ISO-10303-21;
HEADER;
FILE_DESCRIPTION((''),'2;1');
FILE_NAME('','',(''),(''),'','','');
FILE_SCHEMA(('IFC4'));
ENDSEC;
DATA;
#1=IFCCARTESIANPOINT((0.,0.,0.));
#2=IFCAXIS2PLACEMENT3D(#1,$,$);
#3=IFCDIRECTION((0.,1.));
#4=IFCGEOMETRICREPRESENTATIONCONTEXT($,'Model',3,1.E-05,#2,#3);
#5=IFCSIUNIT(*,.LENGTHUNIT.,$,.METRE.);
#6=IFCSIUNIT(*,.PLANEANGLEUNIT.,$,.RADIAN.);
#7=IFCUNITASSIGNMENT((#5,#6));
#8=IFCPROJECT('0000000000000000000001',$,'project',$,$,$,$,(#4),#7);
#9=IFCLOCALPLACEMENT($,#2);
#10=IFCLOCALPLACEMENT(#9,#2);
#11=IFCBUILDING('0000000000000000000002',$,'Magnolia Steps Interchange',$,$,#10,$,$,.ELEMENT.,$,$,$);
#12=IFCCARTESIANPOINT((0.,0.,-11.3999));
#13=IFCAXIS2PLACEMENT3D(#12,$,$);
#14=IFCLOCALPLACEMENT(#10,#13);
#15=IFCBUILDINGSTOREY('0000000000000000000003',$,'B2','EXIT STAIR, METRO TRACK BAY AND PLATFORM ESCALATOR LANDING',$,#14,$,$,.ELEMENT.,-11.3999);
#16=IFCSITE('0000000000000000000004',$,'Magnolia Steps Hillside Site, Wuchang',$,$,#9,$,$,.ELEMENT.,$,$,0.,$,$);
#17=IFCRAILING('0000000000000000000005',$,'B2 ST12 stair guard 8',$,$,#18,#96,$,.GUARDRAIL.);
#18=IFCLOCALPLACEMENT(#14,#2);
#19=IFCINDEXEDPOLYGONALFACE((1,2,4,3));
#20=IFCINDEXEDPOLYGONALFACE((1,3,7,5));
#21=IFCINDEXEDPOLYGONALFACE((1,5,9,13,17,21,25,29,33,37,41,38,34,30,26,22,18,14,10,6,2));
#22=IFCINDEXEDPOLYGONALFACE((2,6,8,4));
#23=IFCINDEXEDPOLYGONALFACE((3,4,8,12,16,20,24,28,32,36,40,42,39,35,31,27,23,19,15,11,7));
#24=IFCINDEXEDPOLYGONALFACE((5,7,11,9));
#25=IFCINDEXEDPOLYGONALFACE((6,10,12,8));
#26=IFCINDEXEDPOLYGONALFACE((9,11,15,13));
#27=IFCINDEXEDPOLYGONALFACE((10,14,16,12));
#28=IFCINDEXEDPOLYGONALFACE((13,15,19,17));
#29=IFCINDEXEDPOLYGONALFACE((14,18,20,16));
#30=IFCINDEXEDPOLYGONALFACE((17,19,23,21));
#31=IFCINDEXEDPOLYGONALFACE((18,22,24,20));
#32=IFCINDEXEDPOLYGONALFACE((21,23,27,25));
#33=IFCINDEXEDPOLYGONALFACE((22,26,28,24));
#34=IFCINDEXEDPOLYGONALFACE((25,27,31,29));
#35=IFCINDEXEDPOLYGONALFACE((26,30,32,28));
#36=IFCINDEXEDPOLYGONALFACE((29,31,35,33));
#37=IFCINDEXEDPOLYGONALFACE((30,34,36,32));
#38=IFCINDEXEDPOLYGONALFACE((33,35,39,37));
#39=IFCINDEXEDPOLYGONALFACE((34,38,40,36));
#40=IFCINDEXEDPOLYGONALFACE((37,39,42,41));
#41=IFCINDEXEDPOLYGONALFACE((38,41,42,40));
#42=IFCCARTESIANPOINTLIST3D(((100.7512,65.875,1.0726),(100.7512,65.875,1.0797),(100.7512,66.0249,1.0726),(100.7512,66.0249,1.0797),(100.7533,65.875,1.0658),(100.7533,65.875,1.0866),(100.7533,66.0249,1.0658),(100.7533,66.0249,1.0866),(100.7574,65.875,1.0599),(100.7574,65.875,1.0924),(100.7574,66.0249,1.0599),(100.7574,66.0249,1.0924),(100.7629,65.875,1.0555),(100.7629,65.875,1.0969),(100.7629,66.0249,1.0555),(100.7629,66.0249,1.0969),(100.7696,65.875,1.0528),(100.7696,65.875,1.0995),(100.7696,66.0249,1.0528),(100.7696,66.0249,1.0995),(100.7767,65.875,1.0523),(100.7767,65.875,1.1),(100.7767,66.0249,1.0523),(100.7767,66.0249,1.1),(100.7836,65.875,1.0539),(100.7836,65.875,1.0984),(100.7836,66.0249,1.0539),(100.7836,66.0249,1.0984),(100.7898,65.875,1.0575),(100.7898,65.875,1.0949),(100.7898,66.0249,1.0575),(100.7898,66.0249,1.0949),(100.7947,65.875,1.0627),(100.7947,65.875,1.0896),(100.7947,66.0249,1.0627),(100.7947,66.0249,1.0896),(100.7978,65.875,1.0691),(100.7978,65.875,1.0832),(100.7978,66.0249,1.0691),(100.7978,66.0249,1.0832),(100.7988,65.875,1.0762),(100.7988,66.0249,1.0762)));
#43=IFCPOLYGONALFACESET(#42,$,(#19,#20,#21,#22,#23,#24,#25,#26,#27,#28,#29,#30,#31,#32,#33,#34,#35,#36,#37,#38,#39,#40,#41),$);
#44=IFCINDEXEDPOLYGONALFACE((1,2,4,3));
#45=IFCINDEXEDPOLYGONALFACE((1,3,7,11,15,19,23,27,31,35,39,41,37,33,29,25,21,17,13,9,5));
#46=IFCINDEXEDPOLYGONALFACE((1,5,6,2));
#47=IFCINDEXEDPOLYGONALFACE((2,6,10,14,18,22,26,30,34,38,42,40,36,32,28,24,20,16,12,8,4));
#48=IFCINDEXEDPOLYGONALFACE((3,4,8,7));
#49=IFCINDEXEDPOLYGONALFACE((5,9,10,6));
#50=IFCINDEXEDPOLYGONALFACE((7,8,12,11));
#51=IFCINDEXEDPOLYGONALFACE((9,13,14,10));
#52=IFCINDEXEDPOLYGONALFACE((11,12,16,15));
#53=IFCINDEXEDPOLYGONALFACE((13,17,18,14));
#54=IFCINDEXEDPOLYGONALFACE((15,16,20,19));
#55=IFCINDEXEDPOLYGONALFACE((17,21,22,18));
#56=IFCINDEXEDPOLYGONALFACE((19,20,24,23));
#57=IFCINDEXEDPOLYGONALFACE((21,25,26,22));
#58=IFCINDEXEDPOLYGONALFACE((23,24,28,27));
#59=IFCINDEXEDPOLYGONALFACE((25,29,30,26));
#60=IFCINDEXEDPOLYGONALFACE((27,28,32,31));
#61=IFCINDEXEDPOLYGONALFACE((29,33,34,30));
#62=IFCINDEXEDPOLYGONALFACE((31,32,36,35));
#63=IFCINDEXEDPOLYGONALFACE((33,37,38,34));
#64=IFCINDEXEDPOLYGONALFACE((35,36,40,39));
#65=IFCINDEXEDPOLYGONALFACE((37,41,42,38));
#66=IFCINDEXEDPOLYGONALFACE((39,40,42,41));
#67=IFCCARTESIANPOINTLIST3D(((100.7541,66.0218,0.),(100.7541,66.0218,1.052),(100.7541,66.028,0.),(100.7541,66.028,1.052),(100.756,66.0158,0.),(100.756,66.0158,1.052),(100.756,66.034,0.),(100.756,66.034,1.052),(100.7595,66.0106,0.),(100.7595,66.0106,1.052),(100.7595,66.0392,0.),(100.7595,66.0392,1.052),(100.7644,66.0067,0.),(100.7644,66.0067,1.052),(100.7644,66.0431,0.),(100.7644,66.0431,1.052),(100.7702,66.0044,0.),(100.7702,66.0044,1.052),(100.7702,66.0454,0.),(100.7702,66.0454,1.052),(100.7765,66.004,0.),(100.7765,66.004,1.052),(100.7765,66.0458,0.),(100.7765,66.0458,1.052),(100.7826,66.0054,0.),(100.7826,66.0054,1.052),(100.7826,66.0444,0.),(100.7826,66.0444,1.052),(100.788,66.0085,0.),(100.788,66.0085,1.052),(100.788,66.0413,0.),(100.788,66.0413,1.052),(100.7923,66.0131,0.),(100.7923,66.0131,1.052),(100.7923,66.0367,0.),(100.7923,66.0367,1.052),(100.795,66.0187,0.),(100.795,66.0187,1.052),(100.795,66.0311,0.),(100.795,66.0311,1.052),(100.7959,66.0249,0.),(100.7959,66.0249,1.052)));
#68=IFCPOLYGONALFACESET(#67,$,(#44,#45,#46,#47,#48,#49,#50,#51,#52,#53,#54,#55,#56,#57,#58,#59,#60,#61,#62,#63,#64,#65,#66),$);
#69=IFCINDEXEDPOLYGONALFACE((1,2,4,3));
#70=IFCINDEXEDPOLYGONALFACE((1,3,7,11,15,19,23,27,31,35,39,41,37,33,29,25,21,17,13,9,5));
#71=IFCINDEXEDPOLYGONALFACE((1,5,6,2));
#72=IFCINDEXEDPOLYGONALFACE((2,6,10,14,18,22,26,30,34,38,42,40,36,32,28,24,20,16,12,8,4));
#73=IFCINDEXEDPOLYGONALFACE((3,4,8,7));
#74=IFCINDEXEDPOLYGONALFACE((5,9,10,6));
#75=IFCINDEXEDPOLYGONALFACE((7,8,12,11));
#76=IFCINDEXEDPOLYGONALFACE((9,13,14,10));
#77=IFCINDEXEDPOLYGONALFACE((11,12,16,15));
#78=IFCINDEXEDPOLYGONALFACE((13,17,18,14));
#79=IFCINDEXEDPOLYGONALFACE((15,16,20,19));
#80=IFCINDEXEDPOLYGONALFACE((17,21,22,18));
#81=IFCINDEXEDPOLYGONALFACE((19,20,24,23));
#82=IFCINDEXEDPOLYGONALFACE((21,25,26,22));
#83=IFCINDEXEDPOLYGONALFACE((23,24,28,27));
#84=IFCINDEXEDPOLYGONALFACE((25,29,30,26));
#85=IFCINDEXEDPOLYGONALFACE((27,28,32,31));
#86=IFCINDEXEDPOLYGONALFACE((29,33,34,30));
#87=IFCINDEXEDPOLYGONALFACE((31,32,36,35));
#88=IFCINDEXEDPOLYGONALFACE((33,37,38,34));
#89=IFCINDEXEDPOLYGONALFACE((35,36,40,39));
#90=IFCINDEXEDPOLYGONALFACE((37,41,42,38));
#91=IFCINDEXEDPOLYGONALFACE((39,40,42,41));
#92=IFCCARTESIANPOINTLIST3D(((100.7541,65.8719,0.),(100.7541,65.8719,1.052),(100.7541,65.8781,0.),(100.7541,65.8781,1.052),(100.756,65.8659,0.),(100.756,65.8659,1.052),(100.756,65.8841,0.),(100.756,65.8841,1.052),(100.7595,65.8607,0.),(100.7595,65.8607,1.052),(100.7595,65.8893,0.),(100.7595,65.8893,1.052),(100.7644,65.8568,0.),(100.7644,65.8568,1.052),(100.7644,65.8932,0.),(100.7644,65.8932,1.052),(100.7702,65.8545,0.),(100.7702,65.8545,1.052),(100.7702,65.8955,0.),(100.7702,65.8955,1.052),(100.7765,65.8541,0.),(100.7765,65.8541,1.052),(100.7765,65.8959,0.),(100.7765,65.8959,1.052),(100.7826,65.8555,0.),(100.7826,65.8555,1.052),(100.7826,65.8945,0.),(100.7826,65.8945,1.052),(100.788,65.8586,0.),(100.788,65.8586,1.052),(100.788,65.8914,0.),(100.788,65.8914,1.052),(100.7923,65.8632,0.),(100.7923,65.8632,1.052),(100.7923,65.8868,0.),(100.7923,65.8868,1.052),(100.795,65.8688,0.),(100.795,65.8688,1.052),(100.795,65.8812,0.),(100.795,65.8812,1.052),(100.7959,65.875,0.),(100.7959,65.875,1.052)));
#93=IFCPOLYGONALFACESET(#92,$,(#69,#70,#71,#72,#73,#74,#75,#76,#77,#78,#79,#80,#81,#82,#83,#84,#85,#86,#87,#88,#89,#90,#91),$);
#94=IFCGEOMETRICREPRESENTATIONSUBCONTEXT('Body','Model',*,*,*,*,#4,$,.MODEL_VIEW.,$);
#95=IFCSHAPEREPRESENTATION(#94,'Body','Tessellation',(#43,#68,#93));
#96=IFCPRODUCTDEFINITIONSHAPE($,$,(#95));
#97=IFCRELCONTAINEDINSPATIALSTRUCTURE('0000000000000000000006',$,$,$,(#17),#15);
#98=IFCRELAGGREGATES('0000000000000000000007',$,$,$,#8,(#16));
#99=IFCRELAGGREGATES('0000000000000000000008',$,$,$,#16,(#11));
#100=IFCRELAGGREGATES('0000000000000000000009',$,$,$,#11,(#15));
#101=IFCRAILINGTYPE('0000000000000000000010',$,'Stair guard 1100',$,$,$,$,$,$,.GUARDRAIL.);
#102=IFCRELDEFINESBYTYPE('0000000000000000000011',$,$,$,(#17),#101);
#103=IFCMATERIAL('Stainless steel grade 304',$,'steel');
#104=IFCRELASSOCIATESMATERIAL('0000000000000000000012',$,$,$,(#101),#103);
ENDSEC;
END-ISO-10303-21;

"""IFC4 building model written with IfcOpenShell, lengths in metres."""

from ifc_helpers import new_model, si_unit, direction, frame, origin, origin_2d, place, context, subcontext, project, spatial, circle, extrude, material, type_object, element, save


model = new_model("IFC4")

# Units and contexts
model_context = context("Model", 3, precision=1e-05, world=origin(), true_north=direction((0.0, 1.0)))
body_context = subcontext(model_context, "Body", "Model", "MODEL_VIEW")
ifc_project = project(units=[si_unit("LENGTHUNIT", "METRE"), si_unit("PLANEANGLEUNIT", "RADIAN")], contexts=[model_context])

# Site, building, storey
site_placement = place(None, origin())
site = spatial("IfcSite", under=ifc_project, at=site_placement, Name="Magnolia Steps Hillside Site, Wuchang", CompositionType="ELEMENT", RefElevation=0.0)
building_placement = place(site_placement, origin())
building = spatial("IfcBuilding", under=site, at=building_placement, Name="Magnolia Steps Interchange", CompositionType="ELEMENT")
storey_placement = place(building_placement, frame((0.0, 0.0, -11.3999)))
storey = spatial("IfcBuildingStorey", under=building, at=storey_placement, Name="B2", Description="EXIT STAIR, METRO TRACK BAY AND PLATFORM ESCALATOR LANDING", CompositionType="ELEMENT", Elevation=-11.3999)

# Railing
ifc_material_1 = material(Name="Stainless steel grade 304", Category="steel")
railing_type_1 = type_object("IfcRailingType", Name="Stair guard 1100", PredefinedType="GUARDRAIL", material=ifc_material_1)
railing_1_placement = place(storey_placement, frame((100.7749, 66.0249, 0.0)))
element("IfcRailing", 1, at=railing_1_placement, inside=storey, type_object=railing_type_1, Name="B2 ST12 stair guard 8", PredefinedType="GUARDRAIL", context=body_context, shape_type="SweptSolid", body=[
    extrude(circle(Radius=0.0239, at=origin_2d()), frame((0.0, 0.0, 1.0762), z_axis=(0.0, -1.0, 0.0), x_axis=(1.0, 0.0, 0.0)), (0.0, 0.0, 1.0), 0.1499),
    extrude(circle(Radius=0.021, at=origin_2d()), origin(), (0.0, 0.0, 1.0), 1.052),
    extrude(circle(Radius=0.021, at=origin_2d()), frame((0.0, -0.1499, 0.0)), (0.0, 0.0, 1.0), 1.052),
])

save(model, "model.ifc")
